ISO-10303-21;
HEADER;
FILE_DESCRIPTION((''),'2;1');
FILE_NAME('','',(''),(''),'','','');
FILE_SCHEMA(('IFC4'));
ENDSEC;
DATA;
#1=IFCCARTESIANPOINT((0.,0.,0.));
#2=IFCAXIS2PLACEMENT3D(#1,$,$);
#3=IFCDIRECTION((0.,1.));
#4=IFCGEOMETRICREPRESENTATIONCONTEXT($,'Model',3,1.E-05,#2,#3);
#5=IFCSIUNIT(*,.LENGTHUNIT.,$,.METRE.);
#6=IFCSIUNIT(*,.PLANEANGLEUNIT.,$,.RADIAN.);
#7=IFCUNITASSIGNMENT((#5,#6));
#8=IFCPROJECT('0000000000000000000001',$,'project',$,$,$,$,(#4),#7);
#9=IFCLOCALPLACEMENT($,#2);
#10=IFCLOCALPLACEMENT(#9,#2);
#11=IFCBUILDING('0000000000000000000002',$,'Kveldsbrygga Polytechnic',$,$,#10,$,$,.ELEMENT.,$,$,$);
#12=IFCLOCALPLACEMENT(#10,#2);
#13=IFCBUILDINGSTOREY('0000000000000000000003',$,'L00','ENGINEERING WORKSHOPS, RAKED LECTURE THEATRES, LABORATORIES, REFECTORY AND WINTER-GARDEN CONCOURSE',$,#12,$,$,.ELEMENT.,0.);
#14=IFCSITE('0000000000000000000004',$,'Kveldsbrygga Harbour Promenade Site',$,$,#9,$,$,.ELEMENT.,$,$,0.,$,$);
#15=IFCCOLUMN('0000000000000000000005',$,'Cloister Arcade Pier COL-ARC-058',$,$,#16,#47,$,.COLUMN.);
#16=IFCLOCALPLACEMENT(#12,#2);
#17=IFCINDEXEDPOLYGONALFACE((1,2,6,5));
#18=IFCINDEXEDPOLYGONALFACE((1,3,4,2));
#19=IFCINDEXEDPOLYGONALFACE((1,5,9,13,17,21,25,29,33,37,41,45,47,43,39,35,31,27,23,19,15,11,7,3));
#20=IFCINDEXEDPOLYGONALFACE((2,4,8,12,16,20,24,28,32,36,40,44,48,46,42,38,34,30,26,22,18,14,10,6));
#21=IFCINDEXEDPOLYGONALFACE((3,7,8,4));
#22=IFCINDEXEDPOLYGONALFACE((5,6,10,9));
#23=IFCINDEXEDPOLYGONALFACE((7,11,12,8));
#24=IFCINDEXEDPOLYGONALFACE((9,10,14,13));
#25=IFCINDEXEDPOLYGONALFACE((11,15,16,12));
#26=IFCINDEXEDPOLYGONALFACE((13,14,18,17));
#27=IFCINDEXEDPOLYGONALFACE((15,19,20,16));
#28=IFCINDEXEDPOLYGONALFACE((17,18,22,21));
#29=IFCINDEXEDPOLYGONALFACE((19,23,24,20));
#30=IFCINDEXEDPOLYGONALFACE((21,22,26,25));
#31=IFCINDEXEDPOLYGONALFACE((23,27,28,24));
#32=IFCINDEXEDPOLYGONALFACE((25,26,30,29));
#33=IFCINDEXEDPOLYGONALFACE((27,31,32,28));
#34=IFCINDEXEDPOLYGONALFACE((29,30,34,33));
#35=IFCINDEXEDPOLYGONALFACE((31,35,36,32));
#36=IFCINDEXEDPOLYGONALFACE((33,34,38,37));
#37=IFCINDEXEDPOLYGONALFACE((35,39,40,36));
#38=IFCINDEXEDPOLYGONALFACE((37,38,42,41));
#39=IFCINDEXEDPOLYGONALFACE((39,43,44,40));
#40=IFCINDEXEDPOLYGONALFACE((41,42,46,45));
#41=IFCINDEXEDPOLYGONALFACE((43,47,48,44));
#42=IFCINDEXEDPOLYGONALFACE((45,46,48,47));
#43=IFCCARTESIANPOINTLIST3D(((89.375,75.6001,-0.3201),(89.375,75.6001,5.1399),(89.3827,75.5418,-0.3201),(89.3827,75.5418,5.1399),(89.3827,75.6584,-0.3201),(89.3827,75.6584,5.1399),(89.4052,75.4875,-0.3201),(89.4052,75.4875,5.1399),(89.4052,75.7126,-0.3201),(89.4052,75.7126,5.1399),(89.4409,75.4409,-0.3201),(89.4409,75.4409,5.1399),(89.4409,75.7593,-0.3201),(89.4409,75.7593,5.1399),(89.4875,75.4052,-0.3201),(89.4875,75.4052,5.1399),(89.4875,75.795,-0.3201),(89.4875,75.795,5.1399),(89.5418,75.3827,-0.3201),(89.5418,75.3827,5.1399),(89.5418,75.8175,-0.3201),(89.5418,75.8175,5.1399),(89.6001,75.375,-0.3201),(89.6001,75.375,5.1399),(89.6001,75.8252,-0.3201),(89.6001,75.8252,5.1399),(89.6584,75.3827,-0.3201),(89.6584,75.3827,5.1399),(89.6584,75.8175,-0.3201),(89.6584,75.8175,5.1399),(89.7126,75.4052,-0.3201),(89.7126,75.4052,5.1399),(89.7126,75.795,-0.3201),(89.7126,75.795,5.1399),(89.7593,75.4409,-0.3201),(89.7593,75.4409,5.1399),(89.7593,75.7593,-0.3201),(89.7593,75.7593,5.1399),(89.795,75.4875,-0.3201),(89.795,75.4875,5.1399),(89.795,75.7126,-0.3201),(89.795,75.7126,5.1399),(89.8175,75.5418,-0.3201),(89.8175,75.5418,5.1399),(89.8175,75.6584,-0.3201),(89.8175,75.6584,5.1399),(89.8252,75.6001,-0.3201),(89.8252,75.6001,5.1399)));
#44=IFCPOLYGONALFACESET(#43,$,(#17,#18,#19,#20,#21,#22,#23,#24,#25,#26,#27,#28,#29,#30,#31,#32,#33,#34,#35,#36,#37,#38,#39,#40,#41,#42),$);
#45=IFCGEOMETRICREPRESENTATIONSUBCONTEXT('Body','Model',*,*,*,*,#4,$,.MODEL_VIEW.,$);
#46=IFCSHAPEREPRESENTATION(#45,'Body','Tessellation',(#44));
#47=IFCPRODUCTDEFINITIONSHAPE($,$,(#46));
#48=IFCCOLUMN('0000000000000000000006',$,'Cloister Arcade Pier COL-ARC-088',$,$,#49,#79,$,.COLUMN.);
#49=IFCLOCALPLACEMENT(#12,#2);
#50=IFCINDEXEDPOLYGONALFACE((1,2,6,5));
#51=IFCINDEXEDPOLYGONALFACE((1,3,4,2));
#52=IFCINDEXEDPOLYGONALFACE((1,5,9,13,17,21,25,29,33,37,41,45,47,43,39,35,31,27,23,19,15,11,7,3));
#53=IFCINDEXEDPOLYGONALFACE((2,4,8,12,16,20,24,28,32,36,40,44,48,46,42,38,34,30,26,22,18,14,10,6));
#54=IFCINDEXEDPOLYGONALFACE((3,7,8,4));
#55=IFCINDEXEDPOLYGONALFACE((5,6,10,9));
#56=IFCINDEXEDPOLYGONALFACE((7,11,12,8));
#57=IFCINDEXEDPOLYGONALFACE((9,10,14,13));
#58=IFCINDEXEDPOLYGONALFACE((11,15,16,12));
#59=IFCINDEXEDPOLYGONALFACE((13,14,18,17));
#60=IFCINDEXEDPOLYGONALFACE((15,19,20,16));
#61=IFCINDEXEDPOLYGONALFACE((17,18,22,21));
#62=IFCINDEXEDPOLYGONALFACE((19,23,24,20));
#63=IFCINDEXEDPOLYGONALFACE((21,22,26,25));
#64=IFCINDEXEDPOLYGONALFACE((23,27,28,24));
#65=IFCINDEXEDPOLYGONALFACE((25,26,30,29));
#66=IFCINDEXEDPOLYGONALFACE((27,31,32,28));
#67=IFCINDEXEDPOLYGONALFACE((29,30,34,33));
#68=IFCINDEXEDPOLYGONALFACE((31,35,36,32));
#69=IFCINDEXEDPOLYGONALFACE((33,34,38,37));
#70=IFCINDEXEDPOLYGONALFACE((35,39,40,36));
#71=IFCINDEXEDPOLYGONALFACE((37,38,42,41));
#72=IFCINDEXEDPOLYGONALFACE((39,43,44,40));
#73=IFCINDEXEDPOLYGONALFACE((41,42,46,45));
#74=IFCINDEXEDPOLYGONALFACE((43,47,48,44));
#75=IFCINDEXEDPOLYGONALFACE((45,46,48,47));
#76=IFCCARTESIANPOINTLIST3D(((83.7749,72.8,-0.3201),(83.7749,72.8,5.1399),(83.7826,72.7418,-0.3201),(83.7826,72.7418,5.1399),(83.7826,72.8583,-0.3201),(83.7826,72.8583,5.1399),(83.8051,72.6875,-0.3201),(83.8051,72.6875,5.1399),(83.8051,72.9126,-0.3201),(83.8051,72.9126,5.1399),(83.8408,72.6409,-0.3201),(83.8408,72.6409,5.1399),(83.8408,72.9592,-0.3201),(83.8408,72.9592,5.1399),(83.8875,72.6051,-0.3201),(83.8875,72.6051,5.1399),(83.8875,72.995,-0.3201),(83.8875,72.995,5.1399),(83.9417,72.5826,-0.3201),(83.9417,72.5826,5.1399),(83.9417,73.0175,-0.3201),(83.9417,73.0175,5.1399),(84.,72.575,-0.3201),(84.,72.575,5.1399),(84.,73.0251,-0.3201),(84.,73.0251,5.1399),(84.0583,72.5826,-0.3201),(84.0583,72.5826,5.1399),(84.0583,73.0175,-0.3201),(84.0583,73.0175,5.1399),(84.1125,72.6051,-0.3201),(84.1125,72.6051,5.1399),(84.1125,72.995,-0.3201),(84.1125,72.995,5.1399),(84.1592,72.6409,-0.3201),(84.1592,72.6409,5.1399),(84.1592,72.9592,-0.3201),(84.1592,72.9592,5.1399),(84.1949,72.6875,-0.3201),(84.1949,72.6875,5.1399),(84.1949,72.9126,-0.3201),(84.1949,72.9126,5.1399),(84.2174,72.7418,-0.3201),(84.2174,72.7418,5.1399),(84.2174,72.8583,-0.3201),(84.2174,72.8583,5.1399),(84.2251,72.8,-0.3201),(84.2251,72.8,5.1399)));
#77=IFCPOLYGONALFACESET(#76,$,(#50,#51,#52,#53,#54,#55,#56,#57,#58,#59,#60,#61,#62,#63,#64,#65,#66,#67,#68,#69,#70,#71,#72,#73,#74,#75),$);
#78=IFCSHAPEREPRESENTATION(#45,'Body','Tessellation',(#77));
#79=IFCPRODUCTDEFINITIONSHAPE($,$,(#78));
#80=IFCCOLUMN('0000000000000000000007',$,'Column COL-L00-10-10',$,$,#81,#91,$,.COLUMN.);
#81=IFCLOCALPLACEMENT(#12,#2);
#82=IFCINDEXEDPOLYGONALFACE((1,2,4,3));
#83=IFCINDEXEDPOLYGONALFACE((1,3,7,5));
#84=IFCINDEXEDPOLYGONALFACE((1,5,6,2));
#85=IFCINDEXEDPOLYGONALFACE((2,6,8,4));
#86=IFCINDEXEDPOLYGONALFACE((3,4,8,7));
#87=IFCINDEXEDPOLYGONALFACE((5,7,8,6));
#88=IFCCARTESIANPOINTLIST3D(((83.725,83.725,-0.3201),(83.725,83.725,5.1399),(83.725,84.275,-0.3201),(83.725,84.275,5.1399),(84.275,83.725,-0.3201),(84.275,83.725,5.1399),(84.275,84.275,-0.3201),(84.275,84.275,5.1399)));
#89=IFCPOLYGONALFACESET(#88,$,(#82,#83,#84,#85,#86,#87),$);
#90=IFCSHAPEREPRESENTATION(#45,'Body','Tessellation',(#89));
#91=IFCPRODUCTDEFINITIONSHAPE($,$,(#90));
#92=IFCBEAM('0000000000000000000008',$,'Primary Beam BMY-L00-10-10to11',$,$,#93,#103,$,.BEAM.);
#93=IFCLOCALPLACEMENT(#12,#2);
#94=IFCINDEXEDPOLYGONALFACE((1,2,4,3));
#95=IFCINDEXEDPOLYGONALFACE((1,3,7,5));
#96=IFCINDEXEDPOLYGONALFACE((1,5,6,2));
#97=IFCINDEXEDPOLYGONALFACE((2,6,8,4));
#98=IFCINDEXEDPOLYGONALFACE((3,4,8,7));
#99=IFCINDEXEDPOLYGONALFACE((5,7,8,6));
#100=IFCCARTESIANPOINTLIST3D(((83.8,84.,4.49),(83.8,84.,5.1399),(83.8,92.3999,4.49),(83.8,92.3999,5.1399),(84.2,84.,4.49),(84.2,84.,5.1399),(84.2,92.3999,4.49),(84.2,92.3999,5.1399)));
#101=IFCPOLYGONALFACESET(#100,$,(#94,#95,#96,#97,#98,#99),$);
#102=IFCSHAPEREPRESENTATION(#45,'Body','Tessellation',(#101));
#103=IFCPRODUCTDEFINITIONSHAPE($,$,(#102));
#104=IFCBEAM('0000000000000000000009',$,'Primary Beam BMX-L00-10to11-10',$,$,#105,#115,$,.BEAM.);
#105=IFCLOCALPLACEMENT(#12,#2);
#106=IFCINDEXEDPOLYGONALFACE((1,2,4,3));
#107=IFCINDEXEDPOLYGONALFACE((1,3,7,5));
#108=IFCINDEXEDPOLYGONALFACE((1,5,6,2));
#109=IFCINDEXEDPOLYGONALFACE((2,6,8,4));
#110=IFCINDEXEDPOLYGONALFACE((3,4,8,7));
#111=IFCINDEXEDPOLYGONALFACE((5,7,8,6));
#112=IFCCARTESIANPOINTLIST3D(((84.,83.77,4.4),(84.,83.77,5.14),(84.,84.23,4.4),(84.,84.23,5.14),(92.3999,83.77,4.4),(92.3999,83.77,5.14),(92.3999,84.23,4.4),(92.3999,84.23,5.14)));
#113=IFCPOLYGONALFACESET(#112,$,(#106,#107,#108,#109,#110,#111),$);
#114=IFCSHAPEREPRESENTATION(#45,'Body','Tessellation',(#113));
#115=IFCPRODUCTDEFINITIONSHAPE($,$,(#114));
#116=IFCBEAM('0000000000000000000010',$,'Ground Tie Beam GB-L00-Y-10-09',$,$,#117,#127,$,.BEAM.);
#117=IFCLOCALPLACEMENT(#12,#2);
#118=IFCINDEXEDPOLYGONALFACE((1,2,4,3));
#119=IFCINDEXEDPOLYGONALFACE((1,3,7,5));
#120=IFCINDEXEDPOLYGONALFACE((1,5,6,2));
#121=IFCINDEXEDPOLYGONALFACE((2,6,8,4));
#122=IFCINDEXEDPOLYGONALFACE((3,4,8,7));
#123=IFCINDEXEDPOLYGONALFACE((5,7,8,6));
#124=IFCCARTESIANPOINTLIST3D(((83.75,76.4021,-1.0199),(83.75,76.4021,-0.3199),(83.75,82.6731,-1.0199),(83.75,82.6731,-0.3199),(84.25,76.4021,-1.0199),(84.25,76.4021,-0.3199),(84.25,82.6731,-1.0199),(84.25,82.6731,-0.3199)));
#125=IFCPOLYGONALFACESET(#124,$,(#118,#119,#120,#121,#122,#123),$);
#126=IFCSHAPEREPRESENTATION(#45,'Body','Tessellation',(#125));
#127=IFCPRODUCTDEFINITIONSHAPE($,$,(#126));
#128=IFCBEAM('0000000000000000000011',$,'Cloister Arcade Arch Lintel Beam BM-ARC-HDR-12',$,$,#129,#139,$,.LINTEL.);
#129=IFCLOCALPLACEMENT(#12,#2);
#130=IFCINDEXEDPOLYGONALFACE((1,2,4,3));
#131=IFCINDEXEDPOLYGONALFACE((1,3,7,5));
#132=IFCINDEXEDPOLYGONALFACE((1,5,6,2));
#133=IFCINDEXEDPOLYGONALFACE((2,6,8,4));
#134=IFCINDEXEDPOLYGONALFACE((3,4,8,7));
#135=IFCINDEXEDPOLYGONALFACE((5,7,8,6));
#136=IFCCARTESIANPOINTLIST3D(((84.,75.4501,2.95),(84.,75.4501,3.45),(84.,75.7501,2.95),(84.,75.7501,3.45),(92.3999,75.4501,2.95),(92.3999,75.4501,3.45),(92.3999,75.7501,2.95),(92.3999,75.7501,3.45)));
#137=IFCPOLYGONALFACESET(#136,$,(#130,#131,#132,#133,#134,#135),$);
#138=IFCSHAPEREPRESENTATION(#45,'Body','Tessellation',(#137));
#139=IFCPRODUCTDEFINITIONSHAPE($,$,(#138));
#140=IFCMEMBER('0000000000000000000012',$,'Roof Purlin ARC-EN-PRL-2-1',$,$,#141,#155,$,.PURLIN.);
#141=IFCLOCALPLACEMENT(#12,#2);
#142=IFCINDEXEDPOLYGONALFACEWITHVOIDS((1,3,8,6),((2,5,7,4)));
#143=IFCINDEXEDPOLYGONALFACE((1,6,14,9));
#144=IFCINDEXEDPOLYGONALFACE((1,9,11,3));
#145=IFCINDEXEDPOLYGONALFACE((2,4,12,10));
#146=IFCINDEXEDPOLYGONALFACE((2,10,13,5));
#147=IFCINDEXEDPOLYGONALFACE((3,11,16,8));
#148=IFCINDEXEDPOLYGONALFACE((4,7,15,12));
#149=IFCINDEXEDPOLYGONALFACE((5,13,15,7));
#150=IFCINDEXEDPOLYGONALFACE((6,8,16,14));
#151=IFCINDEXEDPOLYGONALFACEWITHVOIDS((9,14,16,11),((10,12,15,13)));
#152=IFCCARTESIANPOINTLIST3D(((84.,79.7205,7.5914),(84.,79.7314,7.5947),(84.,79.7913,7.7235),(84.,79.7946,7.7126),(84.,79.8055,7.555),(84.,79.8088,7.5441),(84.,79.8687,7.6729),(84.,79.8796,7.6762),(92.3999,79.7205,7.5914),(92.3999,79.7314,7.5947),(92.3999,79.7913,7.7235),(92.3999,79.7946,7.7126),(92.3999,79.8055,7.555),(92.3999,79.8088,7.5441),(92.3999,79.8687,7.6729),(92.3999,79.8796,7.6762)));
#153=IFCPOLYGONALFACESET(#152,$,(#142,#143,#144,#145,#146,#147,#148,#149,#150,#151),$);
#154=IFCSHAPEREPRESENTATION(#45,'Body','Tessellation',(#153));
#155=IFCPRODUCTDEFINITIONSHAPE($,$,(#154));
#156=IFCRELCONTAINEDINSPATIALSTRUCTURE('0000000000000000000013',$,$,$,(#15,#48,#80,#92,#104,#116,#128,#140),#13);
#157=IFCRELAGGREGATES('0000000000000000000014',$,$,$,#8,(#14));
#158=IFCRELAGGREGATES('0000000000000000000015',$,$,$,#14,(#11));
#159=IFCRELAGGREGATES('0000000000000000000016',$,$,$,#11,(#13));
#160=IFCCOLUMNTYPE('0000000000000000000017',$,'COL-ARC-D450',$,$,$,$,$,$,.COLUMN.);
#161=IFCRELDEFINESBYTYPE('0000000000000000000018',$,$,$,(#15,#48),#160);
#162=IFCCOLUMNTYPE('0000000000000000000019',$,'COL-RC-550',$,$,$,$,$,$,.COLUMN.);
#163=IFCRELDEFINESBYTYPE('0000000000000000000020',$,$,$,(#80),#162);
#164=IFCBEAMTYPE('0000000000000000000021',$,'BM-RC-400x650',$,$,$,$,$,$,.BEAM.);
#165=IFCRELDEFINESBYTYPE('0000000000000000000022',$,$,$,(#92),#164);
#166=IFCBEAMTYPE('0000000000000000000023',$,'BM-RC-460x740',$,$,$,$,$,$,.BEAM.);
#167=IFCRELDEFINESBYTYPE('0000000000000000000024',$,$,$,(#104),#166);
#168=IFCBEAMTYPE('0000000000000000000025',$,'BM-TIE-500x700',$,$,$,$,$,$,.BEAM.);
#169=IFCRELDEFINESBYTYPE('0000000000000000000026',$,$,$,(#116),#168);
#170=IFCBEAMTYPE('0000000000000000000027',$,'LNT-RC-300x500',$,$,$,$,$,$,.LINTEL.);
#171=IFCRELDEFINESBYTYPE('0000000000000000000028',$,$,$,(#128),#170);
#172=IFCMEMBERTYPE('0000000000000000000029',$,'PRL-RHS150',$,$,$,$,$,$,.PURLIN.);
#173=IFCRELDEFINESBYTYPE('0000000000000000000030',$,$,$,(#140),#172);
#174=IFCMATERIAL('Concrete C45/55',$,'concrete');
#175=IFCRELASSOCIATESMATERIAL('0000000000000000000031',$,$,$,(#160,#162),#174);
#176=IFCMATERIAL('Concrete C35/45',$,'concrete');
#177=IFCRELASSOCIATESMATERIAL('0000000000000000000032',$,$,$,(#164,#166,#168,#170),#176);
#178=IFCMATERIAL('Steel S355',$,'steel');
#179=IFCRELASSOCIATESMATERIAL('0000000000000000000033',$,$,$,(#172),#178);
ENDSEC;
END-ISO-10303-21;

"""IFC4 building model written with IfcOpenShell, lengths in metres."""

from ifc_helpers import new_model, si_unit, direction, frame, origin, origin_2d, place, context, subcontext, project, spatial, rectangle, hollow_rectangle, circle, extrude, material, material_profile, profile_set, type_object, element, save


model = new_model("IFC4")

# Units and contexts
model_context = context("Model", 3, precision=1e-05, world=origin(), true_north=direction((0.0, 1.0)))
body_context = subcontext(model_context, "Body", "Model", "MODEL_VIEW")
ifc_project = project(units=[si_unit("LENGTHUNIT", "METRE"), si_unit("PLANEANGLEUNIT", "RADIAN")], contexts=[model_context])

# Site, building, storey
site_placement = place(None, origin())
site = spatial("IfcSite", under=ifc_project, at=site_placement, Name="Kveldsbrygga Harbour Promenade Site", CompositionType="ELEMENT", RefElevation=0.0)
building_placement = place(site_placement, origin())
building = spatial("IfcBuilding", under=site, at=building_placement, Name="Kveldsbrygga Polytechnic", CompositionType="ELEMENT")
storey_placement = place(building_placement, origin())
storey = spatial("IfcBuildingStorey", under=building, at=storey_placement, Name="L00", Description="ENGINEERING WORKSHOPS, RAKED LECTURE THEATRES, LABORATORIES, REFECTORY AND WINTER-GARDEN CONCOURSE", CompositionType="ELEMENT", Elevation=0.0)

# Shared definitions
ifc_material_1 = material(Name="Concrete C45/55", Category="concrete")
ifc_material_2 = material(Name="Concrete C35/45", Category="concrete")

# Columns
ifc_material_profile_1 = material_profile(ifc_material_1, circle(Radius=0.2251, at=origin_2d()), Name="RC D450")
ifc_profile_set_1 = profile_set([ifc_material_profile_1], Name="Concrete C45/55")
column_type_1 = type_object("IfcColumnType", Name="COL-ARC-D450", PredefinedType="COLUMN", material=ifc_profile_set_1)
for number, where, z_axis, x_axis, name in (
    (1, (89.6001, 75.6001, -0.3201), (0.0, 0.0, 1.0), (1.0, 0.0, 0.0), "Cloister Arcade Pier COL-ARC-058"),
    (2, (84.0, 72.8, -0.3201), (0.0, 0.0, 1.0), (1.0, 0.0, 0.0), "Cloister Arcade Pier COL-ARC-088"),
):
    element("IfcColumn", number, at=place(storey_placement, frame(where, z_axis=z_axis, x_axis=x_axis)), inside=storey, type_object=column_type_1, Name=name, PredefinedType="COLUMN", context=body_context, shape_type="SweptSolid", body=[
        extrude(circle(Radius=0.2251, at=origin_2d()), origin(), (0.0, 0.0, 1.0), 5.46),
    ])
ifc_material_profile_2 = material_profile(ifc_material_1, rectangle(XDim=0.55, YDim=0.55, at=origin_2d()), Name="RC 550x550")
ifc_profile_set_2 = profile_set([ifc_material_profile_2], Name="Concrete C45/55")
column_type_2 = type_object("IfcColumnType", Name="COL-RC-550", PredefinedType="COLUMN", material=ifc_profile_set_2)
column_placement = place(storey_placement, frame((84.0, 84.0, -0.3201), z_axis=(0.0, 0.0, 1.0), x_axis=(1.0, 0.0, 0.0)))
element("IfcColumn", 3, at=column_placement, inside=storey, type_object=column_type_2, Name="Column COL-L00-10-10", PredefinedType="COLUMN", context=body_context, shape_type="SweptSolid", body=[
    extrude(rectangle(XDim=0.55, YDim=0.55, at=origin_2d()), origin(), (0.0, 0.0, 1.0), 5.46),
])

# Beams
ifc_material_profile_3 = material_profile(ifc_material_2, rectangle(XDim=0.3999, YDim=0.6499, at=origin_2d()), Name="RC 400x650")
ifc_profile_set_3 = profile_set([ifc_material_profile_3], Name="Concrete C35/45")
beam_type_1 = type_object("IfcBeamType", Name="BM-RC-400x650", PredefinedType="BEAM", material=ifc_profile_set_3)
beam_1_placement = place(storey_placement, frame((84.0, 84.0, 4.8149), z_axis=(0.0, 1.0, 0.0), x_axis=(-1.0, 0.0, 0.0)))
element("IfcBeam", 4, at=beam_1_placement, inside=storey, type_object=beam_type_1, Name="Primary Beam BMY-L00-10-10to11", PredefinedType="BEAM", context=body_context, shape_type="SweptSolid", body=[
    extrude(rectangle(XDim=0.3999, YDim=0.6499, at=origin_2d()), origin(), (0.0, 0.0, 1.0), 8.3999),
])
ifc_material_profile_4 = material_profile(ifc_material_2, rectangle(XDim=0.46, YDim=0.74, at=origin_2d()), Name="RC 460x740")
ifc_profile_set_4 = profile_set([ifc_material_profile_4], Name="Concrete C35/45")
beam_type_2 = type_object("IfcBeamType", Name="BM-RC-460x740", PredefinedType="BEAM", material=ifc_profile_set_4)
beam_2_placement = place(storey_placement, frame((84.0, 84.0, 4.77), z_axis=(1.0, 0.0, 0.0), x_axis=(0.0, 1.0, 0.0)))
element("IfcBeam", 5, at=beam_2_placement, inside=storey, type_object=beam_type_2, Name="Primary Beam BMX-L00-10to11-10", PredefinedType="BEAM", context=body_context, shape_type="SweptSolid", body=[
    extrude(rectangle(XDim=0.46, YDim=0.74, at=origin_2d()), origin(), (0.0, 0.0, 1.0), 8.3999),
])
ifc_material_profile_5 = material_profile(ifc_material_2, rectangle(XDim=0.5, YDim=0.7, at=origin_2d()), Name="RC 500x700")
ifc_profile_set_5 = profile_set([ifc_material_profile_5], Name="Concrete C35/45")
beam_type_3 = type_object("IfcBeamType", Name="BM-TIE-500x700", PredefinedType="BEAM", material=ifc_profile_set_5)
beam_3_placement = place(storey_placement, frame((84.0, 76.4021, -0.6699), z_axis=(0.0, 1.0, 0.0), x_axis=(-1.0, 0.0, 0.0)))
element("IfcBeam", 6, at=beam_3_placement, inside=storey, type_object=beam_type_3, Name="Ground Tie Beam GB-L00-Y-10-09", PredefinedType="BEAM", context=body_context, shape_type="SweptSolid", body=[
    extrude(rectangle(XDim=0.5, YDim=0.7, at=origin_2d()), origin(), (0.0, 0.0, 1.0), 6.271),
])
ifc_material_profile_6 = material_profile(ifc_material_2, rectangle(XDim=0.3, YDim=0.5, at=origin_2d()), Name="RC 300x500")
ifc_profile_set_6 = profile_set([ifc_material_profile_6], Name="Concrete C35/45")
beam_type_4 = type_object("IfcBeamType", Name="LNT-RC-300x500", PredefinedType="LINTEL", material=ifc_profile_set_6)
beam_4_placement = place(storey_placement, frame((84.0, 75.6001, 3.2), z_axis=(1.0, 0.0, 0.0), x_axis=(0.0, 1.0, 0.0)))
element("IfcBeam", 7, at=beam_4_placement, inside=storey, type_object=beam_type_4, Name="Cloister Arcade Arch Lintel Beam BM-ARC-HDR-12", PredefinedType="LINTEL", context=body_context, shape_type="SweptSolid", body=[
    extrude(rectangle(XDim=0.3, YDim=0.5, at=origin_2d()), origin(), (0.0, 0.0, 1.0), 8.3999),
])

# Member
ifc_material_3 = material(Name="Steel S355", Category="steel")
ifc_material_profile_7 = material_profile(ifc_material_3, hollow_rectangle(XDim=0.1001, YDim=0.1499, WallThickness=0.0081, at=origin_2d()), Name="RHS 150x100x8.0")
ifc_profile_set_7 = profile_set([ifc_material_profile_7], Name="Steel S355")
member_type_1 = type_object("IfcMemberType", Name="PRL-RHS150", PredefinedType="PURLIN", material=ifc_profile_set_7)
member_1_placement = place(storey_placement, frame((84.0, 79.8, 7.6338), z_axis=(1.0, 0.0, 0.0), x_axis=(0.0, 0.88148, -0.472222)))
element("IfcMember", 8, at=member_1_placement, inside=storey, type_object=member_type_1, Name="Roof Purlin ARC-EN-PRL-2-1", PredefinedType="PURLIN", context=body_context, shape_type="SweptSolid", body=[
    extrude(hollow_rectangle(XDim=0.1001, YDim=0.1499, WallThickness=0.0081, at=origin_2d()), origin(), (0.0, 0.0, 1.0), 8.3999),
])

save(model, "model.ifc")
